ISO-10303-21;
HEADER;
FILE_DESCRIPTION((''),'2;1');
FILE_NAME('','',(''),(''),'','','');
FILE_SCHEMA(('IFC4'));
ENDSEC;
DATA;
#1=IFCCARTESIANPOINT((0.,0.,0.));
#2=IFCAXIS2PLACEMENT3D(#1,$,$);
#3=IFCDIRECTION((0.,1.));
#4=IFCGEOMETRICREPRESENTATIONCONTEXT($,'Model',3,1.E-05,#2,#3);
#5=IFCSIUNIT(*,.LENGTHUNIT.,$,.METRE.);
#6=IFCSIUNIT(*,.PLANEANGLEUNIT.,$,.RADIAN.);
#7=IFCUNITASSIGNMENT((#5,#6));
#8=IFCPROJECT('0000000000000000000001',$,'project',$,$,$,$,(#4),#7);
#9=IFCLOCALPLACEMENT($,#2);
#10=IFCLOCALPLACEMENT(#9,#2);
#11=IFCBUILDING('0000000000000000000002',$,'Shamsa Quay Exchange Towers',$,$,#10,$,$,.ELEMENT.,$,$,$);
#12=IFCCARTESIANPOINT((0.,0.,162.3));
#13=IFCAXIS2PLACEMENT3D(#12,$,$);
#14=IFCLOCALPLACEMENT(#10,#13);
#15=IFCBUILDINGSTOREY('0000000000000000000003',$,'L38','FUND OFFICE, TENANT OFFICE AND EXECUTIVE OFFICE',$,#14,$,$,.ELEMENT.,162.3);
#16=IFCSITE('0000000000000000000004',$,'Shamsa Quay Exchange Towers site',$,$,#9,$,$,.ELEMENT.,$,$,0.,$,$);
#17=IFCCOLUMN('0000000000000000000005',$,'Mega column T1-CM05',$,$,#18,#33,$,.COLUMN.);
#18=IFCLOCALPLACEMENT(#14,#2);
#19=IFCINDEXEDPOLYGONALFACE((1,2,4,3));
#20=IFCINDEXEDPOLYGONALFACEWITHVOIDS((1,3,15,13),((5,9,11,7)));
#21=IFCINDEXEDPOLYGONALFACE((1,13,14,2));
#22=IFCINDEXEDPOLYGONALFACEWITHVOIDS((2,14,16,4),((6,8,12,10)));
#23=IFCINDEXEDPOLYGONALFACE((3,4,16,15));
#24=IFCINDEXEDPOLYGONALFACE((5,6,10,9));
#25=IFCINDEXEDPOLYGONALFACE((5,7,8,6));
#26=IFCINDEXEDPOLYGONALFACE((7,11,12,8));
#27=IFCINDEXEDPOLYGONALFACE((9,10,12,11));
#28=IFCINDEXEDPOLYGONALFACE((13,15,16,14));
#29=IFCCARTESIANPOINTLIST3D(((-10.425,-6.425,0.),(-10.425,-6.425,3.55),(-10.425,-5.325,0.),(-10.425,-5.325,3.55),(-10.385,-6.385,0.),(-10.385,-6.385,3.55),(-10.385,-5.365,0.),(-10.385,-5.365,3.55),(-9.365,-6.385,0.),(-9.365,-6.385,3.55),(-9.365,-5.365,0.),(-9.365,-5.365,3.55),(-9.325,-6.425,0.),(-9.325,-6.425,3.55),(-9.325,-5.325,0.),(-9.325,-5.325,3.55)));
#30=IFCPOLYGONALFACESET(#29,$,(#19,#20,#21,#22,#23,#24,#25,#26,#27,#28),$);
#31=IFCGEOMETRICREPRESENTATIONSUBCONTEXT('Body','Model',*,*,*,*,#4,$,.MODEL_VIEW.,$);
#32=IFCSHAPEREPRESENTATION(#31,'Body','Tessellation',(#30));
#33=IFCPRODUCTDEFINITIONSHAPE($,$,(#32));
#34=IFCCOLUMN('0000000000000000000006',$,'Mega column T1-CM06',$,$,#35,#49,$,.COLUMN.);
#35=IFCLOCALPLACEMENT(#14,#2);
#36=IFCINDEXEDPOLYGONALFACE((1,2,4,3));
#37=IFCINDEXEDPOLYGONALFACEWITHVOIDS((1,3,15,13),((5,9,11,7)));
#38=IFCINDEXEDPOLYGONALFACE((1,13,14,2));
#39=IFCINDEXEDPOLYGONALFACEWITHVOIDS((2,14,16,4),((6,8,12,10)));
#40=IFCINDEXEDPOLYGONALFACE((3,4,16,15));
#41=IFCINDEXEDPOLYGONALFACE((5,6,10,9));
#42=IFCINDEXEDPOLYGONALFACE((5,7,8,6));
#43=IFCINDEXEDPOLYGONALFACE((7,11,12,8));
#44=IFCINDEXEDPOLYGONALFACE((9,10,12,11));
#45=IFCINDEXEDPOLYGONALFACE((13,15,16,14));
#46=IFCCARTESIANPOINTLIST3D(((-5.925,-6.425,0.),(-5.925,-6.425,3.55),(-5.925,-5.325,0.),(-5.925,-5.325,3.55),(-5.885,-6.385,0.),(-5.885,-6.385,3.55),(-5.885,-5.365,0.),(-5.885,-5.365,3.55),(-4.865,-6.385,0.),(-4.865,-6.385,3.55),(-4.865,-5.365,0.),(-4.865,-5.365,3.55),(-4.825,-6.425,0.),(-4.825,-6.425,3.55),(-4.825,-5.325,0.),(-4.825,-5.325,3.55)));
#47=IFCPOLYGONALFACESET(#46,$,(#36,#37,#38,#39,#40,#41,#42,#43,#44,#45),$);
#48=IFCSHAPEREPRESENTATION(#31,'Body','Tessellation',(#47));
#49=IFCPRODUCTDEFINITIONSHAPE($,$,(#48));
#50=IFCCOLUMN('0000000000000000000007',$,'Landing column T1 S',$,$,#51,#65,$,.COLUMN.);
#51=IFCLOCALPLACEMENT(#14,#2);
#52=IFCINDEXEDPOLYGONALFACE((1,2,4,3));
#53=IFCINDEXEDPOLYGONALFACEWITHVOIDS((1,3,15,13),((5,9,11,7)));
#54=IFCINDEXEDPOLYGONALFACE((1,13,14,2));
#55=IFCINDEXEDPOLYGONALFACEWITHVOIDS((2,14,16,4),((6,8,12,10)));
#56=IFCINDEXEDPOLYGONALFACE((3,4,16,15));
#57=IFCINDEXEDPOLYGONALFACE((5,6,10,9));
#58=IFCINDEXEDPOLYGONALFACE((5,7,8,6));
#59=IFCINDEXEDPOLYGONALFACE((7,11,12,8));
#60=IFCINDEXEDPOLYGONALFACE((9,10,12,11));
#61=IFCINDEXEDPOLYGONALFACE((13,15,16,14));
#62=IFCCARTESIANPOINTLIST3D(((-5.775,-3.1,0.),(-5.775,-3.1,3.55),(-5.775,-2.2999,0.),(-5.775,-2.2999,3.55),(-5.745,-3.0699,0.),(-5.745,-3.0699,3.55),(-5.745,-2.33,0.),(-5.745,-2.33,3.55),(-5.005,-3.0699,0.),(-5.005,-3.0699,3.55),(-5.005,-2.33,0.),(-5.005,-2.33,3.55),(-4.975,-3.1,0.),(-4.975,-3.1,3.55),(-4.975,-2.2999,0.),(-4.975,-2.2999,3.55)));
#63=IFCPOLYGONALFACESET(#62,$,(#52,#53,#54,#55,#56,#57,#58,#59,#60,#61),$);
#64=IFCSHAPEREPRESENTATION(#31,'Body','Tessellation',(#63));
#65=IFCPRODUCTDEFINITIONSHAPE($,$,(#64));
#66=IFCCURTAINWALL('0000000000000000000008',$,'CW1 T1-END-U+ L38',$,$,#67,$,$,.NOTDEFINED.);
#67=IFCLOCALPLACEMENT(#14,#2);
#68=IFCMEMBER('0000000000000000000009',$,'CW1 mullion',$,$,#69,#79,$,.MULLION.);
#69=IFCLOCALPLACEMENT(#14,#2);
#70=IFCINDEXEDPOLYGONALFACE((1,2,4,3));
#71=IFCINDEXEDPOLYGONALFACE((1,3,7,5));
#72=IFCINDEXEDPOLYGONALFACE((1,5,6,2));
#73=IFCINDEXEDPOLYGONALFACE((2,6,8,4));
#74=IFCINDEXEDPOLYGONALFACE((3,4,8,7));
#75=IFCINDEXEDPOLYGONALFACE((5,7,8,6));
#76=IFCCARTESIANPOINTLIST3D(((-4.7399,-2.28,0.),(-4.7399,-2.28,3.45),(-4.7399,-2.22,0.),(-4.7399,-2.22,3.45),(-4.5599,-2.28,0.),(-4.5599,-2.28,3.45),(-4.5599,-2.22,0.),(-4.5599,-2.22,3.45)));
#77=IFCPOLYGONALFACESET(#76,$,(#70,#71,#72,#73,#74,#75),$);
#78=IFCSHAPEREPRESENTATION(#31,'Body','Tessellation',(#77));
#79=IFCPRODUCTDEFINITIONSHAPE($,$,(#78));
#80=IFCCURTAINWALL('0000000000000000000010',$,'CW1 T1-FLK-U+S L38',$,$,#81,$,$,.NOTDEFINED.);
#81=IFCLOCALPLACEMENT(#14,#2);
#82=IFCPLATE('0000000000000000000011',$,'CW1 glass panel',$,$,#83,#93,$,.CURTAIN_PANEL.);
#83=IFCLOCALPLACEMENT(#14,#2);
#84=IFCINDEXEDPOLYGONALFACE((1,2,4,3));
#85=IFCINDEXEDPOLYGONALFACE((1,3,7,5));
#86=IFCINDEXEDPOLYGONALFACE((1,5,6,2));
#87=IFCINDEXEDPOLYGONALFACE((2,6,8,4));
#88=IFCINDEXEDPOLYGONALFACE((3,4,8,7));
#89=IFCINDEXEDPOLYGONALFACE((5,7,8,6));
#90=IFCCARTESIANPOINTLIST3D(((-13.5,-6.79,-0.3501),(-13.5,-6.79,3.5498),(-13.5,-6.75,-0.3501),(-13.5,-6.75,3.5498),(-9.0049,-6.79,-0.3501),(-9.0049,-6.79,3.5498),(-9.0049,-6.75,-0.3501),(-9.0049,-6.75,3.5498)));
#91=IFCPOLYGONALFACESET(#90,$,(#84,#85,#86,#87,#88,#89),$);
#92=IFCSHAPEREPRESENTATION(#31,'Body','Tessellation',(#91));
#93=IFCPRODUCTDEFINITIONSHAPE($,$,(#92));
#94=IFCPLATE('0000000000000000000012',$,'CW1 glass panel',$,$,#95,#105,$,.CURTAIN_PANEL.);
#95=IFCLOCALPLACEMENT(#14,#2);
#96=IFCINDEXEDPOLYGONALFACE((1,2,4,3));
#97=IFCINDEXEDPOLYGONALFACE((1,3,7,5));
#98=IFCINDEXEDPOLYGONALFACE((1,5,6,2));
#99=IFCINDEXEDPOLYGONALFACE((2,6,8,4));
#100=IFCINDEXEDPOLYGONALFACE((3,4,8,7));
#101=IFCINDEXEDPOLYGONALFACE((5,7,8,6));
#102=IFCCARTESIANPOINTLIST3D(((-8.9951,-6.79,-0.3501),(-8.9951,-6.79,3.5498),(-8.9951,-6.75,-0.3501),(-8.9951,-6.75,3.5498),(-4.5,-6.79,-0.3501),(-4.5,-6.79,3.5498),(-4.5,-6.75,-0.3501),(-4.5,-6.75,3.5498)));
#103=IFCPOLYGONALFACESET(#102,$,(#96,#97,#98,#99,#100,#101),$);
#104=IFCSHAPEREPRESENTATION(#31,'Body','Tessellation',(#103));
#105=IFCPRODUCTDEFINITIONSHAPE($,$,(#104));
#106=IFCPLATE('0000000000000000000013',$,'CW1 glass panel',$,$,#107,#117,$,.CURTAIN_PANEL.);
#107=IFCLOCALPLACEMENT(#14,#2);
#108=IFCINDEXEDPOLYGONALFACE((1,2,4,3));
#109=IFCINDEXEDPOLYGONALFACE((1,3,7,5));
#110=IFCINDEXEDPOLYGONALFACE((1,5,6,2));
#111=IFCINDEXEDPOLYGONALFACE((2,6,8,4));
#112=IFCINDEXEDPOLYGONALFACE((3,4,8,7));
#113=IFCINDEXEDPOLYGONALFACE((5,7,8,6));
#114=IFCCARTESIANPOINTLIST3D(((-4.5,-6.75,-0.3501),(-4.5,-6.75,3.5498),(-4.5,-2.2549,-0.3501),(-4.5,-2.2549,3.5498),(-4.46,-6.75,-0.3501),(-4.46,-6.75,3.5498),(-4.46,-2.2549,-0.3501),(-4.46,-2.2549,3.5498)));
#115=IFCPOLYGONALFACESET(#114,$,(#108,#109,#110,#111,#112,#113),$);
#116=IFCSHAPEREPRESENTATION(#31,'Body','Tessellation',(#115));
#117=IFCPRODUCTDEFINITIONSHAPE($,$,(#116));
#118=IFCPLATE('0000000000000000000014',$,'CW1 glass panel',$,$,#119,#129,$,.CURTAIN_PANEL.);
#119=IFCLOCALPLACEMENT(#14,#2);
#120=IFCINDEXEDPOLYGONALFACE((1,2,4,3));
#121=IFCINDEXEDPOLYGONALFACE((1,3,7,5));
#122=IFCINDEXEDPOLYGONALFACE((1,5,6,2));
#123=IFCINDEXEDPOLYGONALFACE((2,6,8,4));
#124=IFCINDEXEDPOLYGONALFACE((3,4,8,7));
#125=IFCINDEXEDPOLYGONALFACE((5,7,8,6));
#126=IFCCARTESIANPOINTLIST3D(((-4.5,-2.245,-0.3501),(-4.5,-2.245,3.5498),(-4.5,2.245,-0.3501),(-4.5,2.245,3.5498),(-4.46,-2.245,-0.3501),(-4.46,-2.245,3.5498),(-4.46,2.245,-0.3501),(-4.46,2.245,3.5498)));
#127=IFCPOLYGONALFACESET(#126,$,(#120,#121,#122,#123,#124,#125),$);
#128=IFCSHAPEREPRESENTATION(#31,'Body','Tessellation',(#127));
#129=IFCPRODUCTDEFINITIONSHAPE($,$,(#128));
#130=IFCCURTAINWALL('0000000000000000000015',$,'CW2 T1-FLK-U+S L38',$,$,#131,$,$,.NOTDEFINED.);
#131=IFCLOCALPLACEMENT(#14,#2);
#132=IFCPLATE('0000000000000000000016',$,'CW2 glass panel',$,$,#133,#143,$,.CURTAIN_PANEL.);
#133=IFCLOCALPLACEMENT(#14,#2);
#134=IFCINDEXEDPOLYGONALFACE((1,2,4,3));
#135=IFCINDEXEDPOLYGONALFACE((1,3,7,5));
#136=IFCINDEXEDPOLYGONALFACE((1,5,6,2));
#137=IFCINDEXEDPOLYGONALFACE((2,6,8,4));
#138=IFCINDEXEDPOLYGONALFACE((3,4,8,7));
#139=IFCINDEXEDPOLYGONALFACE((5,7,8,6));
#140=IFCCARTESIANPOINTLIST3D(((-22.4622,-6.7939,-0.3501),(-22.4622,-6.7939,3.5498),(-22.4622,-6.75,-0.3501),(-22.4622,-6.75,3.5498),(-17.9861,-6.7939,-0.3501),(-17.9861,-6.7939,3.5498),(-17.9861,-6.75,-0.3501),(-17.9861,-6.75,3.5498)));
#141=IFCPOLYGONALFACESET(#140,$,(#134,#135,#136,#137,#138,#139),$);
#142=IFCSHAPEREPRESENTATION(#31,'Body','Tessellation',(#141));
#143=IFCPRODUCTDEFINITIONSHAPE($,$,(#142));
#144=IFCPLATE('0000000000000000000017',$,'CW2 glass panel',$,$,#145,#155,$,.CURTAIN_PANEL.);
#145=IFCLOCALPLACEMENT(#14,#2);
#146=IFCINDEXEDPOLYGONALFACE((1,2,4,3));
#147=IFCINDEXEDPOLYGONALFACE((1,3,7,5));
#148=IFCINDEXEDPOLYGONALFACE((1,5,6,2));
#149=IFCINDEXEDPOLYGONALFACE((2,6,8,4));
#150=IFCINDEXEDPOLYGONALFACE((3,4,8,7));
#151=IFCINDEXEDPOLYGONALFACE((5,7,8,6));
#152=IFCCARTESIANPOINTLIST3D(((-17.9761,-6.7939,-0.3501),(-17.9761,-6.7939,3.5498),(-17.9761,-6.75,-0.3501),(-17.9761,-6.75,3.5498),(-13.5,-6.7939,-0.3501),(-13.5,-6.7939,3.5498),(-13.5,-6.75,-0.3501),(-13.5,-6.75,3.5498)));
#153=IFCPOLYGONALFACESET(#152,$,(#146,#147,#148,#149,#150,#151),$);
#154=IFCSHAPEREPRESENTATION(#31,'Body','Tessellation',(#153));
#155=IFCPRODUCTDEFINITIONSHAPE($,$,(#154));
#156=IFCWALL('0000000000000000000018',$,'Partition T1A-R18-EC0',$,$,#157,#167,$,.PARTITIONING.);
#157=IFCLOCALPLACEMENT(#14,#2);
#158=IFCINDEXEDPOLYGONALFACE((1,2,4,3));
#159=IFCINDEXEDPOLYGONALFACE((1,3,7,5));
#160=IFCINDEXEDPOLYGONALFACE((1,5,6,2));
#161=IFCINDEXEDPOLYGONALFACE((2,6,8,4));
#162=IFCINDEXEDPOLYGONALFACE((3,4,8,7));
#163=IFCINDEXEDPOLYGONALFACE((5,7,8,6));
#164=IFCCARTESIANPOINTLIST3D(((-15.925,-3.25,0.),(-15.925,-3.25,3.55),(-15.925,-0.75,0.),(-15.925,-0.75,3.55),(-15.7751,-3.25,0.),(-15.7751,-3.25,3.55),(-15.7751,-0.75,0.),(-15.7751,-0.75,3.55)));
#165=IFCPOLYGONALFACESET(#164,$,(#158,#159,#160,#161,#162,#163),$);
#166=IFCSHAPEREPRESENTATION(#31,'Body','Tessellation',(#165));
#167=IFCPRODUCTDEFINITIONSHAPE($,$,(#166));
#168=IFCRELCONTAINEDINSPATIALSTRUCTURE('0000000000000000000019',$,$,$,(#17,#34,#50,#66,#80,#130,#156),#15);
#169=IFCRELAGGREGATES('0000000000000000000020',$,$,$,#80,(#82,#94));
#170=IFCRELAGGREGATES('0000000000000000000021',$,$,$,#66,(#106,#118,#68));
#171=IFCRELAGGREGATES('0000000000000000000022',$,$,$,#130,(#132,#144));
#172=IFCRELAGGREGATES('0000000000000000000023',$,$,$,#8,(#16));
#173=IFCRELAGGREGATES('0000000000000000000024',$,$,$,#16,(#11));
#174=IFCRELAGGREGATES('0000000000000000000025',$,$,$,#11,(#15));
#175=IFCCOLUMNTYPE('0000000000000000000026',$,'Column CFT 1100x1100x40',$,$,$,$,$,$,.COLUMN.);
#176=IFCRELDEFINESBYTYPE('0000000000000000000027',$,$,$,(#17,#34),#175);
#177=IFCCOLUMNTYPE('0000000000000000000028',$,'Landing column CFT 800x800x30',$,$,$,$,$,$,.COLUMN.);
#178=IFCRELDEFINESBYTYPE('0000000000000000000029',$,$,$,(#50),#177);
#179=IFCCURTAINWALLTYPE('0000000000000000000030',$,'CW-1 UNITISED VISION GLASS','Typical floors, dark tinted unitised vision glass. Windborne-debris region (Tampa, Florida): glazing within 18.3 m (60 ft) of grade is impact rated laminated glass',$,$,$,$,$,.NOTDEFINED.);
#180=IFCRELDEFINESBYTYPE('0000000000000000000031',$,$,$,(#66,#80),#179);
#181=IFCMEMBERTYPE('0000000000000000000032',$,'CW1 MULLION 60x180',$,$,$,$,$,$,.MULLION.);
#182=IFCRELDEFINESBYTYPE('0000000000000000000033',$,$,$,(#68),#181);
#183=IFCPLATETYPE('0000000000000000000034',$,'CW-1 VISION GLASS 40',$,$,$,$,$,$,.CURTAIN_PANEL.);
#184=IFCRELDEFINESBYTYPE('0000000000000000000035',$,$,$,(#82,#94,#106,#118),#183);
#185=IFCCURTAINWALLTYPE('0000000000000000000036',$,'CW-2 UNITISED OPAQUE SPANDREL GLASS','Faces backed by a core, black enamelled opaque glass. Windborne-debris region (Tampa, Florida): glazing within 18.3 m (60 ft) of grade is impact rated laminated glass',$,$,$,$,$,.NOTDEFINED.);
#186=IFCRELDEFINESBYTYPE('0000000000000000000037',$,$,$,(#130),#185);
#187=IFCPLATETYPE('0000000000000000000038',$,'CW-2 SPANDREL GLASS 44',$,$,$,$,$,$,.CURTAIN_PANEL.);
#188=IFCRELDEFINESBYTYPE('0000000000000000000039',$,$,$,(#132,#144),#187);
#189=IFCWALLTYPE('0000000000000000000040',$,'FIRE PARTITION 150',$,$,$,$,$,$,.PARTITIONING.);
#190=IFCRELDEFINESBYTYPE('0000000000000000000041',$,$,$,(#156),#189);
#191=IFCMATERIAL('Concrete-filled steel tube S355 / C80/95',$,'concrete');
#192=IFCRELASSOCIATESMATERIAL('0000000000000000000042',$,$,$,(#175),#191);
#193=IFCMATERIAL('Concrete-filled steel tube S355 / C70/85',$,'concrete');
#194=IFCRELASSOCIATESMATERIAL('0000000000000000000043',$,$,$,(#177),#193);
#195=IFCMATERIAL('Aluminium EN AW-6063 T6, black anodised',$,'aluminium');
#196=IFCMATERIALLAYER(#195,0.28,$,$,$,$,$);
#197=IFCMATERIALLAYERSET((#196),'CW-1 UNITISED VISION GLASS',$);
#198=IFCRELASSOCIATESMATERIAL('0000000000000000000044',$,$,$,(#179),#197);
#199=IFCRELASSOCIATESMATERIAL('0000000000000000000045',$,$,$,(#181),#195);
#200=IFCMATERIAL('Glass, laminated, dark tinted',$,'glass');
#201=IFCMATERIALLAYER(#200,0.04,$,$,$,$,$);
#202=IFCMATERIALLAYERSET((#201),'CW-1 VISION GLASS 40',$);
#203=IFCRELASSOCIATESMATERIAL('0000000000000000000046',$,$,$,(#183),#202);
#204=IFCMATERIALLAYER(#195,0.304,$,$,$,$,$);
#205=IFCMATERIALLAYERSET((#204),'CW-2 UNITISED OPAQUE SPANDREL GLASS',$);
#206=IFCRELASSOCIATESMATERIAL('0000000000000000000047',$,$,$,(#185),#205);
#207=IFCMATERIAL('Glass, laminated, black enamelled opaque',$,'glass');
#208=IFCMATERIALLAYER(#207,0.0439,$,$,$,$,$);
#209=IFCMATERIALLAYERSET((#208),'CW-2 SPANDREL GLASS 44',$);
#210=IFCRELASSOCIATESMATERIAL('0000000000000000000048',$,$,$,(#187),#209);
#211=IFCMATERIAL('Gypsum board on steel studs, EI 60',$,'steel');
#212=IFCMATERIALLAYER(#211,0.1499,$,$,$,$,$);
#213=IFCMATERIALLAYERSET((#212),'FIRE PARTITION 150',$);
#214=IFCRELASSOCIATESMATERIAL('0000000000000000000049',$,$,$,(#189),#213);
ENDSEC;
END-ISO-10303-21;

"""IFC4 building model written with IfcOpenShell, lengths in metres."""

from ifc_helpers import new_model, si_unit, direction, frame, frame_2d, origin, origin_2d, place, context, subcontext, project, spatial, rectangle, hollow_rectangle, extrude, material, layer, layer_set, material_profile, profile_set, type_object, element, aggregate, save


model = new_model("IFC4")

# Units and contexts
model_context = context("Model", 3, precision=1e-05, world=origin(), true_north=direction((0.0, 1.0)))
body_context = subcontext(model_context, "Body", "Model", "MODEL_VIEW")
ifc_project = project(units=[si_unit("LENGTHUNIT", "METRE"), si_unit("PLANEANGLEUNIT", "RADIAN")], contexts=[model_context])

# Site, building, storey
site_placement = place(None, origin())
site = spatial("IfcSite", under=ifc_project, at=site_placement, Name="Shamsa Quay Exchange Towers site", CompositionType="ELEMENT", RefElevation=0.0)
building_placement = place(site_placement, origin())
building = spatial("IfcBuilding", under=site, at=building_placement, Name="Shamsa Quay Exchange Towers", CompositionType="ELEMENT")
storey_placement = place(building_placement, frame((0.0, 0.0, 162.3)))
storey = spatial("IfcBuildingStorey", under=building, at=storey_placement, Name="L38", Description="FUND OFFICE, TENANT OFFICE AND EXECUTIVE OFFICE", CompositionType="ELEMENT", Elevation=162.3)

# Columns
ifc_material_1 = material(Name="Concrete-filled steel tube S355 / C80/95", Category="concrete")
ifc_material_profile_1 = material_profile(ifc_material_1, hollow_rectangle(XDim=1.1001, YDim=1.1001, WallThickness=0.04, at=origin_2d()), Name="CFT 1100x1100x40")
ifc_profile_set_1 = profile_set([ifc_material_profile_1], Name="Concrete-filled steel tube S355 / C80/95")
column_type_1 = type_object("IfcColumnType", Name="Column CFT 1100x1100x40", PredefinedType="COLUMN", material=ifc_profile_set_1)
for number, where, name in (
    (1, (-9.875, -5.875, 0.0), "Mega column T1-CM05"),
    (2, (-5.375, -5.875, 0.0), "Mega column T1-CM06"),
):
    element("IfcColumn", number, at=place(storey_placement, frame(where)), inside=storey, type_object=column_type_1, Name=name, PredefinedType="COLUMN", context=body_context, shape_type="SweptSolid", body=[
        extrude(hollow_rectangle(XDim=1.1001, YDim=1.1001, WallThickness=0.04, at=origin_2d()), origin(), (0.0, 0.0, 1.0), 3.55),
    ])
ifc_material_2 = material(Name="Concrete-filled steel tube S355 / C70/85", Category="concrete")
ifc_material_profile_2 = material_profile(ifc_material_2, hollow_rectangle(XDim=0.8, YDim=0.8, WallThickness=0.03, at=origin_2d()), Name="CFT 800x800x30")
ifc_profile_set_2 = profile_set([ifc_material_profile_2], Name="Concrete-filled steel tube S355 / C70/85")
column_type_2 = type_object("IfcColumnType", Name="Landing column CFT 800x800x30", PredefinedType="COLUMN", material=ifc_profile_set_2)
column_placement = place(storey_placement, frame((-5.375, -2.7, 0.0)))
element("IfcColumn", 3, at=column_placement, inside=storey, type_object=column_type_2, Name="Landing column T1 S", PredefinedType="COLUMN", context=body_context, shape_type="SweptSolid", body=[
    extrude(hollow_rectangle(XDim=0.8, YDim=0.8, WallThickness=0.03, at=origin_2d()), origin(), (0.0, 0.0, 1.0), 3.55),
])

# Curtain wall, member
ifc_material_3 = material(Name="Aluminium EN AW-6063 T6, black anodised", Category="aluminium")
ifc_layer_1 = layer(ifc_material_3, 0.28)
ifc_layer_set_1 = layer_set([ifc_layer_1], Name="CW-1 UNITISED VISION GLASS")
curtain_wall_type_1 = type_object("IfcCurtainWallType", Name="CW-1 UNITISED VISION GLASS", Description="Typical floors, dark tinted unitised vision glass. Windborne-debris region (Tampa, Florida): glazing within 18.3 m (60 ft) of grade is impact rated laminated glass", PredefinedType="NOTDEFINED", material=ifc_layer_set_1)
curtain_wall_1_placement = place(storey_placement, origin())
curtain_wall_1 = element("IfcCurtainWall", 4, at=curtain_wall_1_placement, inside=storey, type_object=curtain_wall_type_1, Name="CW1 T1-END-U+ L38", PredefinedType="NOTDEFINED")
ifc_material_profile_3 = material_profile(ifc_material_3, rectangle(XDim=0.1799, YDim=0.0601, at=origin_2d()), Name="MU60x180")
ifc_profile_set_3 = profile_set([ifc_material_profile_3], Name="Aluminium EN AW-6063 T6, black anodised")
member_type = type_object("IfcMemberType", Name="CW1 MULLION 60x180", PredefinedType="MULLION", material=ifc_profile_set_3)
member_placement = place(storey_placement, frame((-4.6499, -2.25, 0.0), z_axis=(0.0, 0.0, 1.0), x_axis=(-1.0, 0.0, 0.0)))
member = element("IfcMember", 5, at=member_placement, type_object=member_type, Name="CW1 mullion", PredefinedType="MULLION", context=body_context, shape_type="SweptSolid", body=[
    extrude(rectangle(XDim=0.1799, YDim=0.0601, at=origin_2d()), origin(), (0.0, 0.0, 1.0), 3.45),
])

# Curtain wall, plates
curtain_wall_2_placement = place(storey_placement, origin())
curtain_wall_2 = element("IfcCurtainWall", 6, at=curtain_wall_2_placement, inside=storey, type_object=curtain_wall_type_1, Name="CW1 T1-FLK-U+S L38", PredefinedType="NOTDEFINED")
ifc_material_4 = material(Name="Glass, laminated, dark tinted", Category="glass")
ifc_layer_2 = layer(ifc_material_4, 0.04)
ifc_layer_set_2 = layer_set([ifc_layer_2], Name="CW-1 VISION GLASS 40")
plate_type_1 = type_object("IfcPlateType", Name="CW-1 VISION GLASS 40", PredefinedType="CURTAIN_PANEL", material=ifc_layer_set_2)
plate_1_placement = place(storey_placement, frame((-11.2524, -6.77, -0.3501)))
plate_1 = element("IfcPlate", 7, at=plate_1_placement, type_object=plate_type_1, Name="CW1 glass panel", PredefinedType="CURTAIN_PANEL", context=body_context, shape_type="SweptSolid", body=[
    extrude(rectangle(XDim=4.4951, YDim=0.04, at=origin_2d()), origin(), (0.0, 0.0, 1.0), 3.8999),
])
plate_2_placement = place(storey_placement, frame((-6.7476, -6.77, -0.3501)))
plate_2 = element("IfcPlate", 8, at=plate_2_placement, type_object=plate_type_1, Name="CW1 glass panel", PredefinedType="CURTAIN_PANEL", context=body_context, shape_type="SweptSolid", body=[
    extrude(rectangle(XDim=4.4951, YDim=0.04, at=origin_2d()), origin(), (0.0, 0.0, 1.0), 3.8999),
])
aggregate(curtain_wall_2, [plate_1, plate_2])

# Plates
plate_3_placement = place(storey_placement, frame((-4.48, -4.5024, -0.3501), z_axis=(0.0, 0.0, 1.0), x_axis=(0.0, 1.0, 0.0)))
plate_3 = element("IfcPlate", 9, at=plate_3_placement, type_object=plate_type_1, Name="CW1 glass panel", PredefinedType="CURTAIN_PANEL", context=body_context, shape_type="SweptSolid", body=[
    extrude(rectangle(XDim=4.4951, YDim=0.04, at=origin_2d()), origin(), (0.0, 0.0, 1.0), 3.8999),
])
plate_4_placement = place(storey_placement, frame((-4.48, 0.0, -0.3501), z_axis=(0.0, 0.0, 1.0), x_axis=(0.0, 1.0, 0.0)))
plate_4 = element("IfcPlate", 10, at=plate_4_placement, type_object=plate_type_1, Name="CW1 glass panel", PredefinedType="CURTAIN_PANEL", context=body_context, shape_type="SweptSolid", body=[
    extrude(rectangle(XDim=4.49, YDim=0.04, at=origin_2d()), origin(), (0.0, 0.0, 1.0), 3.8999),
])
aggregate(curtain_wall_1, [plate_3, plate_4, member])

# Curtain wall, plates
ifc_layer_3 = layer(ifc_material_3, 0.304)
ifc_layer_set_3 = layer_set([ifc_layer_3], Name="CW-2 UNITISED OPAQUE SPANDREL GLASS")
curtain_wall_type_2 = type_object("IfcCurtainWallType", Name="CW-2 UNITISED OPAQUE SPANDREL GLASS", Description="Faces backed by a core, black enamelled opaque glass. Windborne-debris region (Tampa, Florida): glazing within 18.3 m (60 ft) of grade is impact rated laminated glass", PredefinedType="NOTDEFINED", material=ifc_layer_set_3)
curtain_wall_3_placement = place(storey_placement, origin())
curtain_wall_3 = element("IfcCurtainWall", 11, at=curtain_wall_3_placement, inside=storey, type_object=curtain_wall_type_2, Name="CW2 T1-FLK-U+S L38", PredefinedType="NOTDEFINED")
ifc_material_5 = material(Name="Glass, laminated, black enamelled opaque", Category="glass")
ifc_layer_4 = layer(ifc_material_5, 0.0439)
ifc_layer_set_4 = layer_set([ifc_layer_4], Name="CW-2 SPANDREL GLASS 44")
plate_type_2 = type_object("IfcPlateType", Name="CW-2 SPANDREL GLASS 44", PredefinedType="CURTAIN_PANEL", material=ifc_layer_set_4)
plate_5_placement = place(storey_placement, frame((-20.2241, -6.772, -0.3501)))
plate_5 = element("IfcPlate", 12, at=plate_5_placement, type_object=plate_type_2, Name="CW2 glass panel", PredefinedType="CURTAIN_PANEL", context=body_context, shape_type="SweptSolid", body=[
    extrude(rectangle(XDim=4.4761, YDim=0.0439, at=origin_2d()), origin(), (0.0, 0.0, 1.0), 3.8999),
])
plate_6_placement = place(storey_placement, frame((-15.738, -6.772, -0.3501)))
plate_6 = element("IfcPlate", 13, at=plate_6_placement, type_object=plate_type_2, Name="CW2 glass panel", PredefinedType="CURTAIN_PANEL", context=body_context, shape_type="SweptSolid", body=[
    extrude(rectangle(XDim=4.4761, YDim=0.0439, at=origin_2d()), origin(), (0.0, 0.0, 1.0), 3.8999),
])
aggregate(curtain_wall_3, [plate_5, plate_6])

# Wall
ifc_material_6 = material(Name="Gypsum board on steel studs, EI 60", Category="steel")
ifc_layer_5 = layer(ifc_material_6, 0.1499)
ifc_layer_set_5 = layer_set([ifc_layer_5], Name="FIRE PARTITION 150")
wall_type_1 = type_object("IfcWallType", Name="FIRE PARTITION 150", PredefinedType="PARTITIONING", material=ifc_layer_set_5)
wall_1_placement = place(storey_placement, frame((-15.8501, -3.25, 0.0), z_axis=(0.0, 0.0, 1.0), x_axis=(0.0, 1.0, 0.0)))
element("IfcWall", 14, at=wall_1_placement, inside=storey, type_object=wall_type_1, Name="Partition T1A-R18-EC0", PredefinedType="PARTITIONING", context=body_context, shape_type="SweptSolid", body=[
    extrude(rectangle(XDim=2.5, YDim=0.1499, at=frame_2d((1.25, 0.0))), origin(), (0.0, 0.0, 1.0), 3.55),
])

save(model, "model.ifc")
